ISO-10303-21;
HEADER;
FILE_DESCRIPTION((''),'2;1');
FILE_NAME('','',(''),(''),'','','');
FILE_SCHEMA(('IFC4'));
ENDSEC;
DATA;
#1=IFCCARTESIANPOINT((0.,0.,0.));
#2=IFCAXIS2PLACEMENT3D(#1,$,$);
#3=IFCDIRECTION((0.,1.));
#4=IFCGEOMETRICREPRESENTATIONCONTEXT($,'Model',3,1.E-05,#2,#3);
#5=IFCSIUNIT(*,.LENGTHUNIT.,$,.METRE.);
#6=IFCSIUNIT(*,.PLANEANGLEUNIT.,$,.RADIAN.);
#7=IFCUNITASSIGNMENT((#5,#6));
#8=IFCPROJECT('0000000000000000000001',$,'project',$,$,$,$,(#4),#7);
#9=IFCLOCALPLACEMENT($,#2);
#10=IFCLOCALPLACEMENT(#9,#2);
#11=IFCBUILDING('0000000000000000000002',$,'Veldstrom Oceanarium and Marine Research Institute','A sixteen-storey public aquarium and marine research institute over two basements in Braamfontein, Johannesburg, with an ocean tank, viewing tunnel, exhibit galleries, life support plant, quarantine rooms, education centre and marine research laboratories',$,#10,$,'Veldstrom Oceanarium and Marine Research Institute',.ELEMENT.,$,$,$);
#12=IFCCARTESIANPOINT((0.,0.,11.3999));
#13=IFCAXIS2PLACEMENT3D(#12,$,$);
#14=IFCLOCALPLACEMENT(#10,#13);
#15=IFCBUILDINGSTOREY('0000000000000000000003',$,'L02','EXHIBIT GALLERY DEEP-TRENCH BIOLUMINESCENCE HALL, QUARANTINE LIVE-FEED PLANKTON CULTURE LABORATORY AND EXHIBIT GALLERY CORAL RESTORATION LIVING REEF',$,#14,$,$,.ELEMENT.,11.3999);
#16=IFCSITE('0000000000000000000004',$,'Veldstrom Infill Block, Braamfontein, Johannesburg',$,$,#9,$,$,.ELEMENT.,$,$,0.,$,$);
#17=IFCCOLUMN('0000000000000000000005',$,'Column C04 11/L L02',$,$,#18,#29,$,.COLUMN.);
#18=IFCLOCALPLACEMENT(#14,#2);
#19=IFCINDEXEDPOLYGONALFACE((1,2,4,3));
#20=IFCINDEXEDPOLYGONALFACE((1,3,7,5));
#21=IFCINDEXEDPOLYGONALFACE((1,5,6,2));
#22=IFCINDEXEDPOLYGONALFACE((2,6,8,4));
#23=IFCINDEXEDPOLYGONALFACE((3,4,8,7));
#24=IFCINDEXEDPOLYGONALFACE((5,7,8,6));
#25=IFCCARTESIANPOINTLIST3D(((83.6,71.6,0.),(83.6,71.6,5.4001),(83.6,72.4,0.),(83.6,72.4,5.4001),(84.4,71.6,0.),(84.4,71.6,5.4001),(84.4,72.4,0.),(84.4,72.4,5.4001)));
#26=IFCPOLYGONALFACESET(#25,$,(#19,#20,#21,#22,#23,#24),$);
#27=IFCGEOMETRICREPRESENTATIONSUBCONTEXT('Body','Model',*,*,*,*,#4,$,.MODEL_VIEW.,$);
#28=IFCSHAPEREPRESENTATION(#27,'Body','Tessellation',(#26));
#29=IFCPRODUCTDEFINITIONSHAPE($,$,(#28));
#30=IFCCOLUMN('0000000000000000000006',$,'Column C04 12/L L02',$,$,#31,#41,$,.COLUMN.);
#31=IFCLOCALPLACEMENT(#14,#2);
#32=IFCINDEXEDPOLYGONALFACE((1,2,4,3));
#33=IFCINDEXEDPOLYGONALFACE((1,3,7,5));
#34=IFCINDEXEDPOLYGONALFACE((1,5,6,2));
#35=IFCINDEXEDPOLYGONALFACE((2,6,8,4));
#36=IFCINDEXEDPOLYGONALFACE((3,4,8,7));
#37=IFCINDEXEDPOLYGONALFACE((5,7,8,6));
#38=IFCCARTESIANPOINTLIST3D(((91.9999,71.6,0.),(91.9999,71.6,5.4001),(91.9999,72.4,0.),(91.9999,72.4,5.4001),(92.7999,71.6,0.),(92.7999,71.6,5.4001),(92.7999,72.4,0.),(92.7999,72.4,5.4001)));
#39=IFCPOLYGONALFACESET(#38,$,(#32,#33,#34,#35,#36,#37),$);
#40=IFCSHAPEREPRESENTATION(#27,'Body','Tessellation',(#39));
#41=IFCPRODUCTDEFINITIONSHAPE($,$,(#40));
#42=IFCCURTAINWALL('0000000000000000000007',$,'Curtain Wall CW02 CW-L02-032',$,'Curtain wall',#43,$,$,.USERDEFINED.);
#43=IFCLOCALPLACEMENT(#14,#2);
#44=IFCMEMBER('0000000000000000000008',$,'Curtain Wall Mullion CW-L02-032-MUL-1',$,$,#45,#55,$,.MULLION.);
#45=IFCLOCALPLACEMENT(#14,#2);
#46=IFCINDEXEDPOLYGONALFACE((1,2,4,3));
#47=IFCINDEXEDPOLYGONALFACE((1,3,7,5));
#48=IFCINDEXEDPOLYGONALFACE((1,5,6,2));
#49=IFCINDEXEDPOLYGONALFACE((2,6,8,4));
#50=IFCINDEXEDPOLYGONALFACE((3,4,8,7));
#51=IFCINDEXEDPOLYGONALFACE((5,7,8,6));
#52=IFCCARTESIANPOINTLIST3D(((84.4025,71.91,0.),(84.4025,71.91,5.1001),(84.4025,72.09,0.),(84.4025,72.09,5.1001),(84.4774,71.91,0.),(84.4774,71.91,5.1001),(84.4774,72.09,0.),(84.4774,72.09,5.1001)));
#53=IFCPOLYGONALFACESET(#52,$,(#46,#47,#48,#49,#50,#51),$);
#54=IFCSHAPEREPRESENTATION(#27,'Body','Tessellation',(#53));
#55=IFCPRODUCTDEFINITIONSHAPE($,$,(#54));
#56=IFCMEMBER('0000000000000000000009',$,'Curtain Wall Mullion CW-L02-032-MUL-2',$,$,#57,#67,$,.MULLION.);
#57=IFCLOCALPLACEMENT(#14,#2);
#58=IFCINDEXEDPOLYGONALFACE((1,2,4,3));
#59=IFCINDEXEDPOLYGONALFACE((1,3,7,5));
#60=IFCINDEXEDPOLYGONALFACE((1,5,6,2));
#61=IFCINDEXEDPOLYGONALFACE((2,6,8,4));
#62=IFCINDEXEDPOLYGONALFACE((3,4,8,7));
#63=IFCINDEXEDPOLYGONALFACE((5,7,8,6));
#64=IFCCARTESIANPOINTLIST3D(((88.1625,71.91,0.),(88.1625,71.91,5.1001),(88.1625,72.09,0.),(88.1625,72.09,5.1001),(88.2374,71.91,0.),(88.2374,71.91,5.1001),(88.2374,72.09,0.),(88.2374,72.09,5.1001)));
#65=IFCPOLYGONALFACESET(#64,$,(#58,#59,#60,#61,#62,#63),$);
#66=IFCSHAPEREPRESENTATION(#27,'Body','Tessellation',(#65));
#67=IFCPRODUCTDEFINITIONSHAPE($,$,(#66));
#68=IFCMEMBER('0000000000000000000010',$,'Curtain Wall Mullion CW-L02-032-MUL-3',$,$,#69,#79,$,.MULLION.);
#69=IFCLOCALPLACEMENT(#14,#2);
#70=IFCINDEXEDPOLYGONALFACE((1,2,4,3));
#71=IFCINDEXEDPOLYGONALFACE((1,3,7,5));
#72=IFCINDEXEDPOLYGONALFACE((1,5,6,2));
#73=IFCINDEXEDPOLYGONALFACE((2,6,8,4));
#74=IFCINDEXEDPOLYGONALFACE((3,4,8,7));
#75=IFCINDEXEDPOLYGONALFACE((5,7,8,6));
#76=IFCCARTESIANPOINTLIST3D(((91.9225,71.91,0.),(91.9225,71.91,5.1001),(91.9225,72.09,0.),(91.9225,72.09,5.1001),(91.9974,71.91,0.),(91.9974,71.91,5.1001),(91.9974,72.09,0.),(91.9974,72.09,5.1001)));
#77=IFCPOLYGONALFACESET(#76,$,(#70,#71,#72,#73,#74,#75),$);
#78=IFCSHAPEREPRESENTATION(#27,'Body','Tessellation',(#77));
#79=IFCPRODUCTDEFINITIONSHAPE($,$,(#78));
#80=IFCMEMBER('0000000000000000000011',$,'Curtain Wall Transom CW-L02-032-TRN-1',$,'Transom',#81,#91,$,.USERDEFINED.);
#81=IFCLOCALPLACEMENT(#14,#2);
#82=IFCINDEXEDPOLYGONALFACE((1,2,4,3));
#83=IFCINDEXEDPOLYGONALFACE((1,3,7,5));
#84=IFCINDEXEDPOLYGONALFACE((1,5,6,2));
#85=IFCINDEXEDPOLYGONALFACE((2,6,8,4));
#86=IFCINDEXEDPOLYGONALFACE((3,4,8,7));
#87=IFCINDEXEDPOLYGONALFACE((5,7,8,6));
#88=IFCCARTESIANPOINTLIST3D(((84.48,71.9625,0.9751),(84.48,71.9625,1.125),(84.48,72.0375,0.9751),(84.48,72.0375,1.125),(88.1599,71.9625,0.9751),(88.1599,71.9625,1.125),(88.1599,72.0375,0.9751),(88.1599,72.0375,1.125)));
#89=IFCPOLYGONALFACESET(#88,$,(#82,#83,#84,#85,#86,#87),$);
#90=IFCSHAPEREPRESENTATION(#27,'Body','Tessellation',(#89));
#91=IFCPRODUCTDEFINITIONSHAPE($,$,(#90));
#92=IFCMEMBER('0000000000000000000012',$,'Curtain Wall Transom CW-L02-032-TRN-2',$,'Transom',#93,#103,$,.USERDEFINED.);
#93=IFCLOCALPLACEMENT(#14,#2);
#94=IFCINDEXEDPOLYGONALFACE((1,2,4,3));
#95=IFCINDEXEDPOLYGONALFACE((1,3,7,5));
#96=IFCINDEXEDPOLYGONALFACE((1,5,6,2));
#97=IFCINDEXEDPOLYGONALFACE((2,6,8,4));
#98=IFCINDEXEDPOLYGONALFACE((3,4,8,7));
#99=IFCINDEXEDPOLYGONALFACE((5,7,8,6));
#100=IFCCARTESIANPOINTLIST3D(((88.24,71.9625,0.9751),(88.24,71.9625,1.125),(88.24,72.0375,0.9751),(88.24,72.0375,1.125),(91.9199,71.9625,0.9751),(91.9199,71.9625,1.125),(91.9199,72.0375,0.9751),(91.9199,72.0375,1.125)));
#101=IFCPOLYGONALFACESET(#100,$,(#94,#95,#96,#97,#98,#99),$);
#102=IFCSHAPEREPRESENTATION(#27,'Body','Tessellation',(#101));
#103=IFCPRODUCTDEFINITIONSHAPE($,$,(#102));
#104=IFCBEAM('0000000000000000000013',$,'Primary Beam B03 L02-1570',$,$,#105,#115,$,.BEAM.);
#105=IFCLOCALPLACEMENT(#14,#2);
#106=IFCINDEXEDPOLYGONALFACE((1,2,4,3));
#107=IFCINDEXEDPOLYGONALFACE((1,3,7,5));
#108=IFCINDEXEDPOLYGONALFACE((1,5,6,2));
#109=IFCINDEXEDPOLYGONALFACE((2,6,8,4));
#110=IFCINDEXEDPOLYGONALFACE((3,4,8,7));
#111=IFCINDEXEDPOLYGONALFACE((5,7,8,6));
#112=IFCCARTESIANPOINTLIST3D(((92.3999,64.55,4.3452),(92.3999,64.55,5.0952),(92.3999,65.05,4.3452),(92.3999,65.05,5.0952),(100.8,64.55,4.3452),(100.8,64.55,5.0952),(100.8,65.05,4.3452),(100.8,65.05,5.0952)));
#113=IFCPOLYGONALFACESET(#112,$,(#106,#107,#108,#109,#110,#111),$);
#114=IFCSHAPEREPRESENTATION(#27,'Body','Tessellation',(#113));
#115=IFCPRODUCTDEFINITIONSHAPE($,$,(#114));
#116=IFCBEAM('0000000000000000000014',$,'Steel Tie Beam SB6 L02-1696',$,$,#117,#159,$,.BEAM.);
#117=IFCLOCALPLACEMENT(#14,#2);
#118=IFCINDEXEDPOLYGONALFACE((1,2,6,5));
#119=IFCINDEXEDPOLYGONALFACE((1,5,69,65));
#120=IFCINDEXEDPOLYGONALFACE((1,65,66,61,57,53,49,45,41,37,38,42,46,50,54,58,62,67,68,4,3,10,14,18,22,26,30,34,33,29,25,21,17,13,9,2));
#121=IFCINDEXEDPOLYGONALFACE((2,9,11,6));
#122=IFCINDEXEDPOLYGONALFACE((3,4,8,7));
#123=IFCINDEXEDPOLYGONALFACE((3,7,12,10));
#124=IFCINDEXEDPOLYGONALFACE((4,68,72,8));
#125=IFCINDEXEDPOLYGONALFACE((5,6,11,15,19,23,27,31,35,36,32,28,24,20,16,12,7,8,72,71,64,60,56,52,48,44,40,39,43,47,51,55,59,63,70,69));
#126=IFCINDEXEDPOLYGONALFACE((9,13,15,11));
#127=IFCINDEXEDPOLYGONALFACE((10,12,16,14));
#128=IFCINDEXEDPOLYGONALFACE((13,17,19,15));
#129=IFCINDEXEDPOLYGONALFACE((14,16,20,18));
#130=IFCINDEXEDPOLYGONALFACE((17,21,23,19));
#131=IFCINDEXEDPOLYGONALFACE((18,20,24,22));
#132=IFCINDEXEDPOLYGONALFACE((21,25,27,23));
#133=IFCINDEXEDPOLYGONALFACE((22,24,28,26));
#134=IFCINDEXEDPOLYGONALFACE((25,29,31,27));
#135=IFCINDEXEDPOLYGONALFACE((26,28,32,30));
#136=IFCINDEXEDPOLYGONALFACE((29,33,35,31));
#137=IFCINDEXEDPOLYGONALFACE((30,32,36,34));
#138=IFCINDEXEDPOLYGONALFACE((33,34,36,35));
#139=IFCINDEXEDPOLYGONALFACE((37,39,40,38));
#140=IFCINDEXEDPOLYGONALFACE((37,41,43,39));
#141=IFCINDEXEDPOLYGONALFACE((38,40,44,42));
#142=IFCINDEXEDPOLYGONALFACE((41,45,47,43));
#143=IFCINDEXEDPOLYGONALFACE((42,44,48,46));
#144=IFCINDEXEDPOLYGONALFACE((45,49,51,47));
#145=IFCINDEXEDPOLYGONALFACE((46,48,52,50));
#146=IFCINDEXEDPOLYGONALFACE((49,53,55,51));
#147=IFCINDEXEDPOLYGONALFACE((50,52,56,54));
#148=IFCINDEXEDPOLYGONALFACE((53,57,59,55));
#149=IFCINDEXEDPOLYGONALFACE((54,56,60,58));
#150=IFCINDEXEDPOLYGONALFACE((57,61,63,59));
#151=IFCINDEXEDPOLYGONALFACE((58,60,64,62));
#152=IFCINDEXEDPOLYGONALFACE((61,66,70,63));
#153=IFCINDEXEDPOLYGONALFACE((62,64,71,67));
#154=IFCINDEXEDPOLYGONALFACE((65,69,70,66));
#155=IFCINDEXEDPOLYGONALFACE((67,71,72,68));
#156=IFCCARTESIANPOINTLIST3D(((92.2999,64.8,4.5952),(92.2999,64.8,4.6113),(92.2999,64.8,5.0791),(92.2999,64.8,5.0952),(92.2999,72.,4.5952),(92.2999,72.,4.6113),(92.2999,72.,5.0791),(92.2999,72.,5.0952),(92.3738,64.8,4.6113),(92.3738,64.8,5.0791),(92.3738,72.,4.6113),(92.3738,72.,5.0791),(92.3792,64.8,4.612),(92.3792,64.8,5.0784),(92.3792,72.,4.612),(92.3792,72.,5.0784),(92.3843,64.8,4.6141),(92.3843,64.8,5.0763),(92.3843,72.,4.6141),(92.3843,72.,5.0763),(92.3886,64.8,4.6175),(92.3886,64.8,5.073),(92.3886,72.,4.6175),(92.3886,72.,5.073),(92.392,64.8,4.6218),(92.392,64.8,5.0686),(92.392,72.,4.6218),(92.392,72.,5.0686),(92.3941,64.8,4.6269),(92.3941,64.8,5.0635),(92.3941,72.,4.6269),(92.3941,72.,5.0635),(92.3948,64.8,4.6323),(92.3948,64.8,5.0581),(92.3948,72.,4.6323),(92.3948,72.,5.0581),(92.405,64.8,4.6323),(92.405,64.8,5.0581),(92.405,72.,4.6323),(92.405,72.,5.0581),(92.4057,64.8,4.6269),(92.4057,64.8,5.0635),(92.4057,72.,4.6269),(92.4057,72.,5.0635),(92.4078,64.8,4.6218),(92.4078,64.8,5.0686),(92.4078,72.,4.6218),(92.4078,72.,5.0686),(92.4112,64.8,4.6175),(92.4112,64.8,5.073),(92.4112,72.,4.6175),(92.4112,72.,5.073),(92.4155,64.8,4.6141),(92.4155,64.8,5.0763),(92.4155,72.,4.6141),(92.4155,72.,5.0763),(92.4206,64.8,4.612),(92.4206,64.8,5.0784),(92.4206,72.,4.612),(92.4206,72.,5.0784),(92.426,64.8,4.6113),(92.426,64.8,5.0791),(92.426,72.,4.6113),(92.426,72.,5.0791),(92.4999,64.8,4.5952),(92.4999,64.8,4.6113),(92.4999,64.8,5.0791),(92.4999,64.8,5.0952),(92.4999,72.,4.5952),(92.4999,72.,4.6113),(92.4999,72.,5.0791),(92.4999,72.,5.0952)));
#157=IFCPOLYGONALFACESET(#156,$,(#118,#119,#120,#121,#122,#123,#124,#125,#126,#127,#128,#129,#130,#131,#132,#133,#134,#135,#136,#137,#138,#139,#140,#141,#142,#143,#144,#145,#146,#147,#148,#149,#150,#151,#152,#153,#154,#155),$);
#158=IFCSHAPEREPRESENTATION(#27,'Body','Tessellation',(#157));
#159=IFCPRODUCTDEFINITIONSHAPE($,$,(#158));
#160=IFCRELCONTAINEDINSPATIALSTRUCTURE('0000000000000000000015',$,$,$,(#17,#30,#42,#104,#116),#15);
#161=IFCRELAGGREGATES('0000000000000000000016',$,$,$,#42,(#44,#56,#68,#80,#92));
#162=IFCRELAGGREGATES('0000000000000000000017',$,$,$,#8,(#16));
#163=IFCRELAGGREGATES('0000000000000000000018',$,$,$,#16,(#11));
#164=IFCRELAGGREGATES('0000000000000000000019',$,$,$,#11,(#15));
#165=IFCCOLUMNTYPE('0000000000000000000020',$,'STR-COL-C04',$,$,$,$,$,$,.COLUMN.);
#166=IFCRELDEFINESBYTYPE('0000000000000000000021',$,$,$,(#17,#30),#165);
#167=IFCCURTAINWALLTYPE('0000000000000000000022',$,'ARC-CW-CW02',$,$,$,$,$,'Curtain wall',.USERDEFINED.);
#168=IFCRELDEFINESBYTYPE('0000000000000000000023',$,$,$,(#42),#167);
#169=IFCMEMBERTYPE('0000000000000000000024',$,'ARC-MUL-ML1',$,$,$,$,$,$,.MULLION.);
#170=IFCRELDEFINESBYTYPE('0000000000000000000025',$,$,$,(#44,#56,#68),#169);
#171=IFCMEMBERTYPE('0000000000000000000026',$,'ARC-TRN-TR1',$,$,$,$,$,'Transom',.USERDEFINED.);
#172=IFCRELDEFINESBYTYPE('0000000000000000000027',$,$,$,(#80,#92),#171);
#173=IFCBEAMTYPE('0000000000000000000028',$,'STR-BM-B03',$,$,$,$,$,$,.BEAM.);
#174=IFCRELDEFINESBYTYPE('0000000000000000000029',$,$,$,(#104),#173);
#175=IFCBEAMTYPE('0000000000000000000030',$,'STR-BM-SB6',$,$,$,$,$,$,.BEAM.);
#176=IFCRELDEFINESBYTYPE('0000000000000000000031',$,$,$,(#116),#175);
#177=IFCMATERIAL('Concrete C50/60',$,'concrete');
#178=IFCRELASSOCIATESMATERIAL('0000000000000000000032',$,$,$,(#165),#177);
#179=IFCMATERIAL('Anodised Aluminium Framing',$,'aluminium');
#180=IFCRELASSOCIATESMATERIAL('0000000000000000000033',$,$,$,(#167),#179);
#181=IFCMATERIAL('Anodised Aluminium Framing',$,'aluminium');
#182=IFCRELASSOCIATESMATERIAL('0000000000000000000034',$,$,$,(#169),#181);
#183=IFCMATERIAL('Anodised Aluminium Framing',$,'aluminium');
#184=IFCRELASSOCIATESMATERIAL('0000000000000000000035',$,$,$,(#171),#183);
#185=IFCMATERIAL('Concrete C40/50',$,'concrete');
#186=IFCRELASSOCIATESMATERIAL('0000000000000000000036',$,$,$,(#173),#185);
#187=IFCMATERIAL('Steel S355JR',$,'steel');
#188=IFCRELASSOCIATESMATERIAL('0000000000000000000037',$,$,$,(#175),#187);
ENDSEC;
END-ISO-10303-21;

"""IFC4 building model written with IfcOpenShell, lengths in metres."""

from ifc_helpers import new_model, si_unit, direction, frame, origin, origin_2d, place, context, subcontext, project, spatial, rectangle, i_section, extrude, material, material_profile, profile_set, type_object, element, aggregate, save


model = new_model("IFC4")

# Units and contexts
model_context = context("Model", 3, precision=1e-05, world=origin(), true_north=direction((0.0, 1.0)))
body_context = subcontext(model_context, "Body", "Model", "MODEL_VIEW")
ifc_project = project(units=[si_unit("LENGTHUNIT", "METRE"), si_unit("PLANEANGLEUNIT", "RADIAN")], contexts=[model_context])

# Site, building, storey
site_placement = place(None, origin())
site = spatial("IfcSite", under=ifc_project, at=site_placement, Name="Veldstrom Infill Block, Braamfontein, Johannesburg", CompositionType="ELEMENT", RefElevation=0.0)
building_placement = place(site_placement, origin())
building = spatial("IfcBuilding", under=site, at=building_placement, Name="Veldstrom Oceanarium and Marine Research Institute", Description="A sixteen-storey public aquarium and marine research institute over two basements in Braamfontein, Johannesburg, with an ocean tank, viewing tunnel, exhibit galleries, life support plant, quarantine rooms, education centre and marine research laboratories", LongName="Veldstrom Oceanarium and Marine Research Institute", CompositionType="ELEMENT")
storey_placement = place(building_placement, frame((0.0, 0.0, 11.3999)))
storey = spatial("IfcBuildingStorey", under=building, at=storey_placement, Name="L02", Description="EXHIBIT GALLERY DEEP-TRENCH BIOLUMINESCENCE HALL, QUARANTINE LIVE-FEED PLANKTON CULTURE LABORATORY AND EXHIBIT GALLERY CORAL RESTORATION LIVING REEF", CompositionType="ELEMENT", Elevation=11.3999)

# Columns
ifc_material_1 = material(Name="Concrete C50/60", Category="concrete")
ifc_material_profile_1 = material_profile(ifc_material_1, rectangle(XDim=0.8, YDim=0.8, at=origin_2d()), Name="RC-COL-800x800")
ifc_profile_set_1 = profile_set([ifc_material_profile_1], Name="Concrete C50/60")
column_type = type_object("IfcColumnType", Name="STR-COL-C04", PredefinedType="COLUMN", material=ifc_profile_set_1)
for number, where, z_axis, x_axis, name in (
    (1, (84.0, 72.0, 0.0), (0.0, 0.0, 1.0), (1.0, 0.0, 0.0), "Column C04 11/L L02"),
    (2, (92.3999, 72.0, 0.0), (0.0, 0.0, 1.0), (1.0, 0.0, 0.0), "Column C04 12/L L02"),
):
    element("IfcColumn", number, at=place(storey_placement, frame(where, z_axis=z_axis, x_axis=x_axis)), inside=storey, type_object=column_type, Name=name, PredefinedType="COLUMN", context=body_context, shape_type="SweptSolid", body=[
        extrude(rectangle(XDim=0.8, YDim=0.8, at=origin_2d()), origin(), (0.0, 0.0, 1.0), 5.4001),
    ])

# Curtain wall, members
ifc_material_2 = material(Name="Anodised Aluminium Framing", Category="aluminium")
curtain_wall_type = type_object("IfcCurtainWallType", Name="ARC-CW-CW02", ElementType="Curtain wall", PredefinedType="USERDEFINED", material=ifc_material_2)
curtain_wall_placement = place(storey_placement, origin())
curtain_wall = element("IfcCurtainWall", 3, at=curtain_wall_placement, inside=storey, type_object=curtain_wall_type, Name="Curtain Wall CW02 CW-L02-032", ObjectType="Curtain wall", PredefinedType="USERDEFINED")
ifc_material_3 = material(Name="Anodised Aluminium Framing", Category="aluminium")
ifc_material_profile_2 = material_profile(ifc_material_3, rectangle(XDim=0.075, YDim=0.1799, at=origin_2d()), Name="ALU-MUL-75x180")
ifc_profile_set_2 = profile_set([ifc_material_profile_2], Name="Anodised Aluminium Framing")
member_type_1 = type_object("IfcMemberType", Name="ARC-MUL-ML1", PredefinedType="MULLION", material=ifc_profile_set_2)
member_1_placement = place(storey_placement, frame((84.4399, 72.0, 0.0), z_axis=(0.0, 0.0, 1.0), x_axis=(1.0, 0.0, 0.0)))
member_1 = element("IfcMember", 4, at=member_1_placement, type_object=member_type_1, Name="Curtain Wall Mullion CW-L02-032-MUL-1", PredefinedType="MULLION", context=body_context, shape_type="SweptSolid", body=[
    extrude(rectangle(XDim=0.075, YDim=0.1799, at=origin_2d()), origin(), (0.0, 0.0, 1.0), 5.1001),
])
member_2_placement = place(storey_placement, frame((88.2, 72.0, 0.0), z_axis=(0.0, 0.0, 1.0), x_axis=(1.0, 0.0, 0.0)))
member_2 = element("IfcMember", 5, at=member_2_placement, type_object=member_type_1, Name="Curtain Wall Mullion CW-L02-032-MUL-2", PredefinedType="MULLION", context=body_context, shape_type="SweptSolid", body=[
    extrude(rectangle(XDim=0.075, YDim=0.1799, at=origin_2d()), origin(), (0.0, 0.0, 1.0), 5.1001),
])
member_3_placement = place(storey_placement, frame((91.96, 72.0, 0.0), z_axis=(0.0, 0.0, 1.0), x_axis=(1.0, 0.0, 0.0)))
member_3 = element("IfcMember", 6, at=member_3_placement, type_object=member_type_1, Name="Curtain Wall Mullion CW-L02-032-MUL-3", PredefinedType="MULLION", context=body_context, shape_type="SweptSolid", body=[
    extrude(rectangle(XDim=0.075, YDim=0.1799, at=origin_2d()), origin(), (0.0, 0.0, 1.0), 5.1001),
])
ifc_material_4 = material(Name="Anodised Aluminium Framing", Category="aluminium")
ifc_material_profile_3 = material_profile(ifc_material_4, rectangle(XDim=0.075, YDim=0.1499, at=origin_2d()), Name="ALU-TRN-75x150")
ifc_profile_set_3 = profile_set([ifc_material_profile_3], Name="Anodised Aluminium Framing")
member_type_2 = type_object("IfcMemberType", Name="ARC-TRN-TR1", ElementType="Transom", PredefinedType="USERDEFINED", material=ifc_profile_set_3)
member_4_placement = place(storey_placement, frame((84.48, 72.0, 1.05), z_axis=(1.0, 0.0, 0.0), x_axis=(0.0, 1.0, 0.0)))
member_4 = element("IfcMember", 7, at=member_4_placement, type_object=member_type_2, Name="Curtain Wall Transom CW-L02-032-TRN-1", ObjectType="Transom", PredefinedType="USERDEFINED", context=body_context, shape_type="SweptSolid", body=[
    extrude(rectangle(XDim=0.075, YDim=0.1499, at=origin_2d()), origin(), (0.0, 0.0, 1.0), 3.6799),
])
member_5_placement = place(storey_placement, frame((88.24, 72.0, 1.05), z_axis=(1.0, 0.0, 0.0), x_axis=(0.0, 1.0, 0.0)))
member_5 = element("IfcMember", 8, at=member_5_placement, type_object=member_type_2, Name="Curtain Wall Transom CW-L02-032-TRN-2", ObjectType="Transom", PredefinedType="USERDEFINED", context=body_context, shape_type="SweptSolid", body=[
    extrude(rectangle(XDim=0.075, YDim=0.1499, at=origin_2d()), origin(), (0.0, 0.0, 1.0), 3.6799),
])

# Beams
ifc_material_5 = material(Name="Concrete C40/50", Category="concrete")
ifc_material_profile_4 = material_profile(ifc_material_5, rectangle(XDim=0.5, YDim=0.75, at=origin_2d()), Name="RC-BM-500x750")
ifc_profile_set_4 = profile_set([ifc_material_profile_4], Name="Concrete C40/50")
beam_type_1 = type_object("IfcBeamType", Name="STR-BM-B03", PredefinedType="BEAM", material=ifc_profile_set_4)
beam_1_placement = place(storey_placement, frame((92.3999, 64.8, 4.7202), z_axis=(1.0, 0.0, 0.0), x_axis=(0.0, 1.0, 0.0)))
element("IfcBeam", 9, at=beam_1_placement, inside=storey, type_object=beam_type_1, Name="Primary Beam B03 L02-1570", PredefinedType="BEAM", context=body_context, shape_type="SweptSolid", body=[
    extrude(rectangle(XDim=0.5, YDim=0.75, at=origin_2d()), origin(), (0.0, 0.0, 1.0), 8.4001),
])
ifc_material_6 = material(Name="Steel S355JR", Category="steel")
ifc_material_profile_5 = material_profile(ifc_material_6, i_section(OverallWidth=0.2, OverallDepth=0.5, WebThickness=0.0103, FlangeThickness=0.0161, FilletRadius=0.021, at=origin_2d()), Name="IPE 500")
ifc_profile_set_5 = profile_set([ifc_material_profile_5], Name="Steel S355JR")
beam_type_2 = type_object("IfcBeamType", Name="STR-BM-SB6", PredefinedType="BEAM", material=ifc_profile_set_5)
beam_2_placement = place(storey_placement, frame((92.3999, 64.8, 4.8452), z_axis=(0.0, 1.0, 0.0), x_axis=(-1.0, 0.0, 0.0)))
element("IfcBeam", 10, at=beam_2_placement, inside=storey, type_object=beam_type_2, Name="Steel Tie Beam SB6 L02-1696", PredefinedType="BEAM", context=body_context, shape_type="SweptSolid", body=[
    extrude(i_section(OverallWidth=0.2, OverallDepth=0.5, WebThickness=0.0103, FlangeThickness=0.0161, FilletRadius=0.021, at=origin_2d()), origin(), (0.0, 0.0, 1.0), 7.2),
])

aggregate(curtain_wall, [member_1, member_2, member_3, member_4, member_5])

save(model, "model.ifc")
